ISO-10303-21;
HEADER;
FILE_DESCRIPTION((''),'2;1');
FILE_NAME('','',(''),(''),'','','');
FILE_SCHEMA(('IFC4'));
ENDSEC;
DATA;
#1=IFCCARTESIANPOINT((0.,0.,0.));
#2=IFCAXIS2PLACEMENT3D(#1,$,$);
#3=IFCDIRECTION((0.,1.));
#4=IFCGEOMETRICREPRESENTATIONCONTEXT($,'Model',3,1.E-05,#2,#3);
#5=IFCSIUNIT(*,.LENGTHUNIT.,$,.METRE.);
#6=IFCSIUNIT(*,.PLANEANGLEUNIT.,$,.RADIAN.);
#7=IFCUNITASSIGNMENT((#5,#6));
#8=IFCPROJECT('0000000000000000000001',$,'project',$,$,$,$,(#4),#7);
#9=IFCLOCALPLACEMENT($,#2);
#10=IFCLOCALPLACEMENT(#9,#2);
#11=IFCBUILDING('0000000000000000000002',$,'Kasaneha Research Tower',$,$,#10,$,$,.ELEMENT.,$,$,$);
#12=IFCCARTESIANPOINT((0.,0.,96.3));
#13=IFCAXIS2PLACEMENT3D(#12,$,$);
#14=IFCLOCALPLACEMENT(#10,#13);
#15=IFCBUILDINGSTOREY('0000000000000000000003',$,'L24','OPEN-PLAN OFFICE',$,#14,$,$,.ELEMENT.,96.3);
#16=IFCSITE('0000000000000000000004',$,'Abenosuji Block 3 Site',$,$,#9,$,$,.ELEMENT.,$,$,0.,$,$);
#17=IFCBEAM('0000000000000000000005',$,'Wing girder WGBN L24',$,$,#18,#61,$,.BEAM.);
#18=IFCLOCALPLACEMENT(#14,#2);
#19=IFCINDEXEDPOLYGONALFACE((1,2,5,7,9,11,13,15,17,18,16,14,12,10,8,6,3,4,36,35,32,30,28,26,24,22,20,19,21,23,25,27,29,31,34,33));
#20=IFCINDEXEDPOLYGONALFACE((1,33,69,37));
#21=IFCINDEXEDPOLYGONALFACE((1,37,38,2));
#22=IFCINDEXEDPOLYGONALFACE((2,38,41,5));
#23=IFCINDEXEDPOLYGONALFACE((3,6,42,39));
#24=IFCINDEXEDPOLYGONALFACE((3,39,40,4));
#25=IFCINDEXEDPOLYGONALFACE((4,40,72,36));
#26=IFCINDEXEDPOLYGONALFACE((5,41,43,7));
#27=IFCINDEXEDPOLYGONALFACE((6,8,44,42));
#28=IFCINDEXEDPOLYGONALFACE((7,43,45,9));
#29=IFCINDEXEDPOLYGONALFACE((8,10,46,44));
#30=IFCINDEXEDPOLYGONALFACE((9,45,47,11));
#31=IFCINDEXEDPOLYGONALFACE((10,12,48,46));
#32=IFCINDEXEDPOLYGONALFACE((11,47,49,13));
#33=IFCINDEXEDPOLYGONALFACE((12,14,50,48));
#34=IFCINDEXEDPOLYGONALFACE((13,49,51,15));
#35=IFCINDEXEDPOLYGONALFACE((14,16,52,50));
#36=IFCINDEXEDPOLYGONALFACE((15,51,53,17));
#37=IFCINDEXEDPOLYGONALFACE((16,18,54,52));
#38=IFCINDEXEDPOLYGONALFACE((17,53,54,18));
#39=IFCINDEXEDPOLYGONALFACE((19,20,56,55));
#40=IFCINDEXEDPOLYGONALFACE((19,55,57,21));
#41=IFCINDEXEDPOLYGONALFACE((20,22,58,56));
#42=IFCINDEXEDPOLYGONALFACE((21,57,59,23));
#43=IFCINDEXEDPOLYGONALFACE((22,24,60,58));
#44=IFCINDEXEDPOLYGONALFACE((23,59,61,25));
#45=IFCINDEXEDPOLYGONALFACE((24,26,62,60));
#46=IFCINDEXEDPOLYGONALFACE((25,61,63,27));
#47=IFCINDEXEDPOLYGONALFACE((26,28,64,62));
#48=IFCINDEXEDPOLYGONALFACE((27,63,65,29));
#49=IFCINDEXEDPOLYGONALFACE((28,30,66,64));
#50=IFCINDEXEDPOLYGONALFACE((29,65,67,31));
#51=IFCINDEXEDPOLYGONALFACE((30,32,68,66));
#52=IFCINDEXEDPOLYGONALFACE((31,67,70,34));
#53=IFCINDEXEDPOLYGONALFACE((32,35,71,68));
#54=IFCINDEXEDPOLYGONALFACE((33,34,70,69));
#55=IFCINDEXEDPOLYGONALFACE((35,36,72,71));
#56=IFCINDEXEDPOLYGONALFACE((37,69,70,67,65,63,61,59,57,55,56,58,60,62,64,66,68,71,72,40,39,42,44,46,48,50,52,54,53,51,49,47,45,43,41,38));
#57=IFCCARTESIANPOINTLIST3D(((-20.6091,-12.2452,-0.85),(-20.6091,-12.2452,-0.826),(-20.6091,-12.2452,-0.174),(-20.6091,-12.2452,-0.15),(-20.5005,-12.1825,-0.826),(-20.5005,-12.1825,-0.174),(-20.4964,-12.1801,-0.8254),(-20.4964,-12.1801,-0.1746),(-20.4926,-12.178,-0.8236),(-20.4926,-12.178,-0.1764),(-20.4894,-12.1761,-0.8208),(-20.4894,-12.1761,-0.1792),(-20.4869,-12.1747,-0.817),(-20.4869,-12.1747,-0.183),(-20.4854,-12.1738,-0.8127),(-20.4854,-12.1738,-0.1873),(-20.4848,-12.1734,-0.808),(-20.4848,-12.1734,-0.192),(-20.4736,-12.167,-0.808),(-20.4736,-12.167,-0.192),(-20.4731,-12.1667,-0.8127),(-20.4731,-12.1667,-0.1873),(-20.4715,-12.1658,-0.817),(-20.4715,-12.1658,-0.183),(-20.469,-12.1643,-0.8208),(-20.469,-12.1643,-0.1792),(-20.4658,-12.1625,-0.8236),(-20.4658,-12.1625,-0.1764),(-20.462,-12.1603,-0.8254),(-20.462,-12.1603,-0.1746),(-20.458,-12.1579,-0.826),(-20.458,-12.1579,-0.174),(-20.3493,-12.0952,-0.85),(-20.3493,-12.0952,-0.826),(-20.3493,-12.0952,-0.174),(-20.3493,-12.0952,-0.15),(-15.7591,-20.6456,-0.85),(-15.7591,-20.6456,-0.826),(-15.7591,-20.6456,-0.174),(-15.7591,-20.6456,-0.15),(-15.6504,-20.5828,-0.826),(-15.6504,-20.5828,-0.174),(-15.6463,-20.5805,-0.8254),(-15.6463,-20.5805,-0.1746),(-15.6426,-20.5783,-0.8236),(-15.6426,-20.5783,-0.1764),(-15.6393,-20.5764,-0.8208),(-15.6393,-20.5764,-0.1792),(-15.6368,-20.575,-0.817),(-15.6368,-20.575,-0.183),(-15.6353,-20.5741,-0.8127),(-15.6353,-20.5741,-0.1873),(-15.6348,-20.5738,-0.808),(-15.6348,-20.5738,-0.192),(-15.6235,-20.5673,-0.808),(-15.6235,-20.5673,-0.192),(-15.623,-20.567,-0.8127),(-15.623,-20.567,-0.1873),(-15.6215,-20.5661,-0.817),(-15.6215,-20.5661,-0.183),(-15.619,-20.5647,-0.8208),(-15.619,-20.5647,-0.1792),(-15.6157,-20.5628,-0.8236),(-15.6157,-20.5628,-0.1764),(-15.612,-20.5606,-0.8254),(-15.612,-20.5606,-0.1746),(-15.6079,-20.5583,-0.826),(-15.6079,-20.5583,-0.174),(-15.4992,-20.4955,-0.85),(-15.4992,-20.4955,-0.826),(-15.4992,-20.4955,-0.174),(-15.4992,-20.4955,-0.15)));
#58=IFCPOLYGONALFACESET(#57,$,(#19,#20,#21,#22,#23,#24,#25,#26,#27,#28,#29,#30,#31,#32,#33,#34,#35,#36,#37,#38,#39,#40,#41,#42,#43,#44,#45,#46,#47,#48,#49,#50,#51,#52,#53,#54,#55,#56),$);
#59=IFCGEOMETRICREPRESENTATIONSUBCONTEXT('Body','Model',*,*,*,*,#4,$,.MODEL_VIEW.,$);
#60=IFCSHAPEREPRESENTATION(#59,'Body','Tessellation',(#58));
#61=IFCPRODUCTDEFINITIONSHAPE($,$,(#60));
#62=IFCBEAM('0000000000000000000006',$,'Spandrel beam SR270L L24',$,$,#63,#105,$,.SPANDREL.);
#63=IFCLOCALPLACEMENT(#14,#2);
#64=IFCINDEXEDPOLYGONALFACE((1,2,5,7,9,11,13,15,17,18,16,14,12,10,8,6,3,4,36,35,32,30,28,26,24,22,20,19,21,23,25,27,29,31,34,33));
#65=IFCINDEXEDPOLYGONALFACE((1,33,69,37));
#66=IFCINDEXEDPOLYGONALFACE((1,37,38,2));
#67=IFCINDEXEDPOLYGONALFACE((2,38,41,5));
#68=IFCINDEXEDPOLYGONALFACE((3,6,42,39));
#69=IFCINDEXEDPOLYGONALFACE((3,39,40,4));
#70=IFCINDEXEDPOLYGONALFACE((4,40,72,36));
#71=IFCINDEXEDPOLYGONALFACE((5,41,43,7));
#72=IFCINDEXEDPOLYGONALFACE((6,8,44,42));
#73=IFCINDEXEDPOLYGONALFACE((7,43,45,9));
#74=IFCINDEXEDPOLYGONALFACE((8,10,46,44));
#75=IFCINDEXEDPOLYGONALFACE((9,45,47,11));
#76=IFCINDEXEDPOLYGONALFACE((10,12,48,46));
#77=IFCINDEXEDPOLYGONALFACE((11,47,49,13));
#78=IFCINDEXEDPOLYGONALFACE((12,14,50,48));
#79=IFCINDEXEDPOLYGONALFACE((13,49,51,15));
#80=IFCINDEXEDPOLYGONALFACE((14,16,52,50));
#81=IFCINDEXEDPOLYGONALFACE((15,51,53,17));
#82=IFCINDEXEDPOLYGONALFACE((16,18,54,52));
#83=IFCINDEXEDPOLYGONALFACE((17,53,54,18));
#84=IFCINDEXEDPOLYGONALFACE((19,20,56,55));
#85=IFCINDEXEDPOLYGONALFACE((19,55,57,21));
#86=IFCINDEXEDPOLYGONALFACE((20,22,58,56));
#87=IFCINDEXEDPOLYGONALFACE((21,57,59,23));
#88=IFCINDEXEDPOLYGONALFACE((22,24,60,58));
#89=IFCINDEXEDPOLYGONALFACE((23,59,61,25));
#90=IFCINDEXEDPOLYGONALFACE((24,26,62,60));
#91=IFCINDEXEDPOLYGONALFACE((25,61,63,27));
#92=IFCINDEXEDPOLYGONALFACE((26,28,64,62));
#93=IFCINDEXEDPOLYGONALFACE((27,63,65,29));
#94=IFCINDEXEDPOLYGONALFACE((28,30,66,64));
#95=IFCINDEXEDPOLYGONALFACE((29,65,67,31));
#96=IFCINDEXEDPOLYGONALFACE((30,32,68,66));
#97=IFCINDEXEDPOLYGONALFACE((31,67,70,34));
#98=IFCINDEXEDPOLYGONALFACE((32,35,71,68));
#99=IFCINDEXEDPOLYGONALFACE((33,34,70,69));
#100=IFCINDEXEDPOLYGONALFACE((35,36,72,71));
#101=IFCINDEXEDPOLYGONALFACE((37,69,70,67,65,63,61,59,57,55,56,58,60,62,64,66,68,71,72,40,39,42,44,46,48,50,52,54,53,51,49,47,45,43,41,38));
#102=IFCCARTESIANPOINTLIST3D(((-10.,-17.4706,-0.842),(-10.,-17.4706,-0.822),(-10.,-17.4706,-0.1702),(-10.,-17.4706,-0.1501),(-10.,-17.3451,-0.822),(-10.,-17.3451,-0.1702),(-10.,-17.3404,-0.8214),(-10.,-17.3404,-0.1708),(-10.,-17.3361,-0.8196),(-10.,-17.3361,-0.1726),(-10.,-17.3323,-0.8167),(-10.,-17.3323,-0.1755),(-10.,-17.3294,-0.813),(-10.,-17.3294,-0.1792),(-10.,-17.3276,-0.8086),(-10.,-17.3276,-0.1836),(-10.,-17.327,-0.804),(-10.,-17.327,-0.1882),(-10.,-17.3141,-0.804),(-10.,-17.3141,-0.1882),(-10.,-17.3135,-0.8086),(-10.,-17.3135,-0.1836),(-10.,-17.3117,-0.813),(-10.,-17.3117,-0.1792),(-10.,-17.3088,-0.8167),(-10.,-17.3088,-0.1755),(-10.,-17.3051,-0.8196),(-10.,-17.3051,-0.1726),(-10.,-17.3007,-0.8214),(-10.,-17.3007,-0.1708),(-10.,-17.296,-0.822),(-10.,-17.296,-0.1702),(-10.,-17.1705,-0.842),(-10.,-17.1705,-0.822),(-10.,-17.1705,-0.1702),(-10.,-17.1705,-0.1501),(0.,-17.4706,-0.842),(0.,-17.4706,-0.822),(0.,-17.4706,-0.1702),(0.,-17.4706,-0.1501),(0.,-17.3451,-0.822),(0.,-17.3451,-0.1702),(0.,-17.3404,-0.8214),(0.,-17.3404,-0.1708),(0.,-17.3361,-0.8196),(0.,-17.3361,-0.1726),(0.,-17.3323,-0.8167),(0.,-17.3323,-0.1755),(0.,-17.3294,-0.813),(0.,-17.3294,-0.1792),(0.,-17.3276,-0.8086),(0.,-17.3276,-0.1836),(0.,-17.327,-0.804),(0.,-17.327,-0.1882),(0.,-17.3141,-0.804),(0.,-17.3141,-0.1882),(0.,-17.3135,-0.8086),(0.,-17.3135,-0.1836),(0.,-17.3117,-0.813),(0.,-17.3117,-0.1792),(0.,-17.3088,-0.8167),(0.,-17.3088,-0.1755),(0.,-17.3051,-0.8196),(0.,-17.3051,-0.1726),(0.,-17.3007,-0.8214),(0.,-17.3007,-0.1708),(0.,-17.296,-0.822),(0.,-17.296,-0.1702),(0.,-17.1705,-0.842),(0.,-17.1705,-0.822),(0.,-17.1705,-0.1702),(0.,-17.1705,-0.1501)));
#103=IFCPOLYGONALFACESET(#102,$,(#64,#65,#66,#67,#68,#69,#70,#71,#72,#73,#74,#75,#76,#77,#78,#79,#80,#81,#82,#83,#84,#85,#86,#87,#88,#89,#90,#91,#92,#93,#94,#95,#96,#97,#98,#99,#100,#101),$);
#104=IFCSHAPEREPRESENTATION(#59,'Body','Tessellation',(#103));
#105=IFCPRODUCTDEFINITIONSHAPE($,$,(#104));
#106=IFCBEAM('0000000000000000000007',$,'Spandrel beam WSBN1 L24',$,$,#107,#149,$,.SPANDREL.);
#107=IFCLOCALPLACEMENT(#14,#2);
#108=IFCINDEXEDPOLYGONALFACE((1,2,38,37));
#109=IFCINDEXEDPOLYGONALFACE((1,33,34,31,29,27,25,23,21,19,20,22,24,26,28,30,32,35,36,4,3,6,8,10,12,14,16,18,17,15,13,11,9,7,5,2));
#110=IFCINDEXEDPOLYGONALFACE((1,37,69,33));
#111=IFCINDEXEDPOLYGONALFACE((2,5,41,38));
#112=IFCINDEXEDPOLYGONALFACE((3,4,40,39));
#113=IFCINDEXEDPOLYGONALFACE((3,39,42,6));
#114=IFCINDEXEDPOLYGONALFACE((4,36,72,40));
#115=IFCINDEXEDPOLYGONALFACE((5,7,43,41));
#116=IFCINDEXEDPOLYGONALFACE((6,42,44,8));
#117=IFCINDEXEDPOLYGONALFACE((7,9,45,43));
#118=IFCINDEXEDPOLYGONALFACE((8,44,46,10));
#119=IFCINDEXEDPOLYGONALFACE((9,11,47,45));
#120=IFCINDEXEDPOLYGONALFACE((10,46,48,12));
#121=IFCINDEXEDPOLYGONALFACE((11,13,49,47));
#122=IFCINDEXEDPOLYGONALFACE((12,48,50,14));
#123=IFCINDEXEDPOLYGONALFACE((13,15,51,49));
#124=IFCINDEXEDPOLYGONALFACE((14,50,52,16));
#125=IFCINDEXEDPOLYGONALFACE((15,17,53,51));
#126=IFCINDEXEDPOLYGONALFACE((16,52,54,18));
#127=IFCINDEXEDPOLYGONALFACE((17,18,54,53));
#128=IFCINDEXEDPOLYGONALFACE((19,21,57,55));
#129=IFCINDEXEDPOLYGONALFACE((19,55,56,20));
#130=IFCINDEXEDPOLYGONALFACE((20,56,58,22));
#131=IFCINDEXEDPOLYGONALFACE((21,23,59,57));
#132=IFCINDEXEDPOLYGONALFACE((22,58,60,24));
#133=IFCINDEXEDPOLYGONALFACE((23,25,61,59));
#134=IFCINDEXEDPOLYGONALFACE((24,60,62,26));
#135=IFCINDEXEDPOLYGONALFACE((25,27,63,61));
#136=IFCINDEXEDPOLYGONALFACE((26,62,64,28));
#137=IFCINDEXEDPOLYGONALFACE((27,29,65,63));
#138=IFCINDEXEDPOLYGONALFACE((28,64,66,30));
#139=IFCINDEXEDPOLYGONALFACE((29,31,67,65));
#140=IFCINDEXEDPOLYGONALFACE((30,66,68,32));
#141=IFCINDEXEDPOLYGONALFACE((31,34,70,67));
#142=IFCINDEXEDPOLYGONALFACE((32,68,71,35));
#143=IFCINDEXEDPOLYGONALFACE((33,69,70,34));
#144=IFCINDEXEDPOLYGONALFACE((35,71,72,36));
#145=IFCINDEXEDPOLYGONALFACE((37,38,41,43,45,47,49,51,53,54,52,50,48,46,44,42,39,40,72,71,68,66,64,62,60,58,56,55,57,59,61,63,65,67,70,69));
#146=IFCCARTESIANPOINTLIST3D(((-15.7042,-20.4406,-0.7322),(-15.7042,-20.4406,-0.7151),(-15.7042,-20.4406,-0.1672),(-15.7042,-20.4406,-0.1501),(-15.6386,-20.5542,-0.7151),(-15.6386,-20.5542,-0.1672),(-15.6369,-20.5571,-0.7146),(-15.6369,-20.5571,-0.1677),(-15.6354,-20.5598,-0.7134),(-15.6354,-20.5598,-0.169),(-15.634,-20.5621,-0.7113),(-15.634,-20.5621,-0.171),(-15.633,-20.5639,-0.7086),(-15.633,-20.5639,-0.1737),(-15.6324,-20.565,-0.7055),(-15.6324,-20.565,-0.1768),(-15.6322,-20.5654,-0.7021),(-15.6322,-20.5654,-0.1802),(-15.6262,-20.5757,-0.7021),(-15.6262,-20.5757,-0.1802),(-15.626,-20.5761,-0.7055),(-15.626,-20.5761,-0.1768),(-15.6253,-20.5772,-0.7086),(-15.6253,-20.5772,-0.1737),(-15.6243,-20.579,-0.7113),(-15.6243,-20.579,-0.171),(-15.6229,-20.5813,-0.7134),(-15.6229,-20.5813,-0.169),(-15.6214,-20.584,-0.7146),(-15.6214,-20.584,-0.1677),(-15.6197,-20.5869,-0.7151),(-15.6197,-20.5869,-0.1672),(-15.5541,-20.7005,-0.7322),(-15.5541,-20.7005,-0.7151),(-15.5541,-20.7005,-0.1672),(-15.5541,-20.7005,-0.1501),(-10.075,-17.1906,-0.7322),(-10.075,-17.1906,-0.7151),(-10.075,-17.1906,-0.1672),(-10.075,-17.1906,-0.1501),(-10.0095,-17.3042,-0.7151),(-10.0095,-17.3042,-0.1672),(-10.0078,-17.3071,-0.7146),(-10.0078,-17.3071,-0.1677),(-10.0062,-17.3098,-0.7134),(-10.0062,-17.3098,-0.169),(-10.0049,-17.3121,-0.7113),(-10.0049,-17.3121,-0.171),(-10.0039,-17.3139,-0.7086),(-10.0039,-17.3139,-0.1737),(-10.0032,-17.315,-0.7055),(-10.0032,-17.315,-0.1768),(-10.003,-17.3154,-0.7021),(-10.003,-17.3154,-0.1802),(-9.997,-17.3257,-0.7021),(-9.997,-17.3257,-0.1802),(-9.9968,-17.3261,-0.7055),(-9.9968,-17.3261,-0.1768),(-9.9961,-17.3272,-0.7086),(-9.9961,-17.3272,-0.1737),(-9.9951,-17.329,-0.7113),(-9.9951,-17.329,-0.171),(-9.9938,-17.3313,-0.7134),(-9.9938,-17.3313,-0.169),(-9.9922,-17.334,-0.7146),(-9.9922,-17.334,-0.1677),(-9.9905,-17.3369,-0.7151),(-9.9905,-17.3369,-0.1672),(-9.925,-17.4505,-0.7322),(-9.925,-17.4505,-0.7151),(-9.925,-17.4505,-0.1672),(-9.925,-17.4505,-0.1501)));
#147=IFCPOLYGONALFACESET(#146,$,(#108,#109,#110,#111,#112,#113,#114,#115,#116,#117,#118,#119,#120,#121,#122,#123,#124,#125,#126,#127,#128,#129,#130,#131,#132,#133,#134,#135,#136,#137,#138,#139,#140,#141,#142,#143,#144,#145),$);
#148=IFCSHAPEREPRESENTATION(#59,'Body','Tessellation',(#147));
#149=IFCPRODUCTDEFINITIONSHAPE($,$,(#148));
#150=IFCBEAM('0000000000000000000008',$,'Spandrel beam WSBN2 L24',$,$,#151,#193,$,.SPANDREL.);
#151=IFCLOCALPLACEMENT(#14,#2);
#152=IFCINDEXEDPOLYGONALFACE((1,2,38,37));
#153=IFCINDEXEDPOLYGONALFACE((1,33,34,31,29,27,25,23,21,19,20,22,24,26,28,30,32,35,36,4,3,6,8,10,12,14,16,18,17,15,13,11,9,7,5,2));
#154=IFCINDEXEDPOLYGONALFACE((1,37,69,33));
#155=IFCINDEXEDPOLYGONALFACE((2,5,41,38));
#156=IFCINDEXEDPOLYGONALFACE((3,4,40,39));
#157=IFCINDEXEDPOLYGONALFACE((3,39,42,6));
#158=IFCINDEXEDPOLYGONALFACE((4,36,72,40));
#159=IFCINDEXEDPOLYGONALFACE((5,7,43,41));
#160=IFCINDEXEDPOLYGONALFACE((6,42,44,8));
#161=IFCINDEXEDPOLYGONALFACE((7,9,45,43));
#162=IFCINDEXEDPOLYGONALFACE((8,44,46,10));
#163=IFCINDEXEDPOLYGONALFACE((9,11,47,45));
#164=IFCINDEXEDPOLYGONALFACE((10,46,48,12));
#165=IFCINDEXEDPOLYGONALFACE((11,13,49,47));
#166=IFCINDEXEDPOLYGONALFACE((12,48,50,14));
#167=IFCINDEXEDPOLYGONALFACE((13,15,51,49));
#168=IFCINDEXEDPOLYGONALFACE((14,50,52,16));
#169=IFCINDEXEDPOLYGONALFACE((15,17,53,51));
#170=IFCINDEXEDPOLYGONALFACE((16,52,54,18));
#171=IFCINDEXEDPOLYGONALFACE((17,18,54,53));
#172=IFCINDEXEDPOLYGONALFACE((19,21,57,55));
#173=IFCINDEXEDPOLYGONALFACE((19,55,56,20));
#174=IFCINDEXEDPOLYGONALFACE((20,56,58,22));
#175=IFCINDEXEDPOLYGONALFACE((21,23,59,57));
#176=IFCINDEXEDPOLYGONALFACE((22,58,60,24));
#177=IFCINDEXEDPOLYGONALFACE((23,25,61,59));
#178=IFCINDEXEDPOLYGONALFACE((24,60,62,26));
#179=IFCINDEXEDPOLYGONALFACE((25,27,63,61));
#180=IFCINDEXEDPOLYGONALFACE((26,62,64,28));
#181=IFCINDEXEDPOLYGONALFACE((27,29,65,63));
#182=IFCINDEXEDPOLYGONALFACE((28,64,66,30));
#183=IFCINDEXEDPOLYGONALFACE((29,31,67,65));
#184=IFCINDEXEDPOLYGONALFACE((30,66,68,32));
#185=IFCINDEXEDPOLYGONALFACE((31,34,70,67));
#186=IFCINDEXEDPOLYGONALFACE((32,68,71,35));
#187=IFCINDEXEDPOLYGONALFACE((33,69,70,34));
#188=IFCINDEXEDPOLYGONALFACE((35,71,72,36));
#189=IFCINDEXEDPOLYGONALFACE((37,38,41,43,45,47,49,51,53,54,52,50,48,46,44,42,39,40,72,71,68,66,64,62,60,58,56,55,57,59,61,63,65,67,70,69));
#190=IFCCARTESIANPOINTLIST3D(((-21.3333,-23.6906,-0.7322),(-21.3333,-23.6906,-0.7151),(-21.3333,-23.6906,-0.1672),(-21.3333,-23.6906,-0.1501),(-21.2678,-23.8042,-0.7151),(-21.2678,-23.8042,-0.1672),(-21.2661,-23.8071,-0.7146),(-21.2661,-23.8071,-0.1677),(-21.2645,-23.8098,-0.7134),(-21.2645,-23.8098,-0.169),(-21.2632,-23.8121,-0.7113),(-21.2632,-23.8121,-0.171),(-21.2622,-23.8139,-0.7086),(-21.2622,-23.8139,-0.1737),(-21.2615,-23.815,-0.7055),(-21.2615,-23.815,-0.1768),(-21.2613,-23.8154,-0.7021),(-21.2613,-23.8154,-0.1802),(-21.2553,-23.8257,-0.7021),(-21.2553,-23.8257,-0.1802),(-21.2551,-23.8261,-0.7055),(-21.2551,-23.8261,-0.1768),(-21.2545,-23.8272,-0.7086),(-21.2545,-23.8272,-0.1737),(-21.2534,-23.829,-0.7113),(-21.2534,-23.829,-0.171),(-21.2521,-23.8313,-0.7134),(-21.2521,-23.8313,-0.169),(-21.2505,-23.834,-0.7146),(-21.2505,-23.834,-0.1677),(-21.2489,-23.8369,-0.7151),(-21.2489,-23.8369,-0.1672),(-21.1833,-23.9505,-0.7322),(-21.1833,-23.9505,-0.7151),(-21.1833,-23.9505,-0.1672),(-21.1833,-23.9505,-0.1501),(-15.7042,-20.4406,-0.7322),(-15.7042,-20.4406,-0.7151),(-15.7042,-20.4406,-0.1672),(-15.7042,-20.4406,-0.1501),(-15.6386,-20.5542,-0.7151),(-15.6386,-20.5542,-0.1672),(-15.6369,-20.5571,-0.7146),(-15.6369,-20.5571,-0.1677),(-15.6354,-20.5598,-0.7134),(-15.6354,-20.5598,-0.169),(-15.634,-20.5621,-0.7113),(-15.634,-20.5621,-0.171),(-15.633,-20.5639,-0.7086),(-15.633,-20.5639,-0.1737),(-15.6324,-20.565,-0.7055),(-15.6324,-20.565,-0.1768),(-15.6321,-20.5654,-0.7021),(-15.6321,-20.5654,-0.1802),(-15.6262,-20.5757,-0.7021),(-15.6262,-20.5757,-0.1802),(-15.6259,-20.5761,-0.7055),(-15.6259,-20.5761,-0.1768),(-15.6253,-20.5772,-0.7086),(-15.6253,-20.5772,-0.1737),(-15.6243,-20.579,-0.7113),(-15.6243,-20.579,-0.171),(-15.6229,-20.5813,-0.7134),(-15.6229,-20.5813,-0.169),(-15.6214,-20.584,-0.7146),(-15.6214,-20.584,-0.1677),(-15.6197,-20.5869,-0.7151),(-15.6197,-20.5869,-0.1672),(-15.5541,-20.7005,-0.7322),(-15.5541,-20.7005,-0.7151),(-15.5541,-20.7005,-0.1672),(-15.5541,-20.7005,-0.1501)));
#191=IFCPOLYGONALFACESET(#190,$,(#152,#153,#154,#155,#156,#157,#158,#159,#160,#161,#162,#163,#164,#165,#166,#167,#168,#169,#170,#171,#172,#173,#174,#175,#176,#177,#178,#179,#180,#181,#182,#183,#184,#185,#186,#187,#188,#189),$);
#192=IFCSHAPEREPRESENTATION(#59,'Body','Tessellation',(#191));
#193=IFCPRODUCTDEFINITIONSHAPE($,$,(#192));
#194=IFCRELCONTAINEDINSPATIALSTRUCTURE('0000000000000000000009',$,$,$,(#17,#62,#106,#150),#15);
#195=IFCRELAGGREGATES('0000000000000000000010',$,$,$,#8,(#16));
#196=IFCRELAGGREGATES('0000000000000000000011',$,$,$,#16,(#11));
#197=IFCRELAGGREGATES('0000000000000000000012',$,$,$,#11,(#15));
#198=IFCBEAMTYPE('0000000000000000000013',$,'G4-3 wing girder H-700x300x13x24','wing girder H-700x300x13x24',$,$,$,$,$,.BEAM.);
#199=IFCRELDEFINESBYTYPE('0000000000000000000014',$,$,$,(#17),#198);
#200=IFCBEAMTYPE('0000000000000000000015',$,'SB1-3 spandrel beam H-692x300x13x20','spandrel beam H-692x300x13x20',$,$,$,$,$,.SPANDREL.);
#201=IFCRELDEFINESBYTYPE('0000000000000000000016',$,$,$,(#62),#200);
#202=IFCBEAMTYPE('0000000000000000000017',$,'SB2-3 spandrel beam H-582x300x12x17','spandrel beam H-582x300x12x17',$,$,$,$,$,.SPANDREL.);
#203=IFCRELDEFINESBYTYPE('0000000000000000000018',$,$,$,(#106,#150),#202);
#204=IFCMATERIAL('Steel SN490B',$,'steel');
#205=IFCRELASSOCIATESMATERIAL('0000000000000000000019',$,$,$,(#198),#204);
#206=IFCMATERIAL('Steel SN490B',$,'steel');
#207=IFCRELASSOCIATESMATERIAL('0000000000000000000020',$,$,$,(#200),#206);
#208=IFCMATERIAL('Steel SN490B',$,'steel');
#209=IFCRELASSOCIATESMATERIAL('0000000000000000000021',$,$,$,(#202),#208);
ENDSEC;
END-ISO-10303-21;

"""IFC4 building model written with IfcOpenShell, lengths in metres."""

from ifc_helpers import new_model, si_unit, direction, frame, origin, origin_2d, place, context, subcontext, project, spatial, i_section, extrude, material, material_profile, profile_set, type_object, element, save


model = new_model("IFC4")

# Units and contexts
model_context = context("Model", 3, precision=1e-05, world=origin(), true_north=direction((0.0, 1.0)))
body_context = subcontext(model_context, "Body", "Model", "MODEL_VIEW")
ifc_project = project(units=[si_unit("LENGTHUNIT", "METRE"), si_unit("PLANEANGLEUNIT", "RADIAN")], contexts=[model_context])

# Site, building, storey
site_placement = place(None, origin())
site = spatial("IfcSite", under=ifc_project, at=site_placement, Name="Abenosuji Block 3 Site", CompositionType="ELEMENT", RefElevation=0.0)
building_placement = place(site_placement, origin())
building = spatial("IfcBuilding", under=site, at=building_placement, Name="Kasaneha Research Tower", CompositionType="ELEMENT")
storey_placement = place(building_placement, frame((0.0, 0.0, 96.3)))
storey = spatial("IfcBuildingStorey", under=building, at=storey_placement, Name="L24", Description="OPEN-PLAN OFFICE", CompositionType="ELEMENT", Elevation=96.3)

# Beams
ifc_material_1 = material(Name="Steel SN490B", Category="steel")
ifc_material_profile_1 = material_profile(ifc_material_1, i_section(OverallWidth=0.3, OverallDepth=0.7, WebThickness=0.0129, FlangeThickness=0.0239, FilletRadius=0.0181, at=origin_2d()), Name="H-700x300x13x24")
ifc_profile_set_1 = profile_set([ifc_material_profile_1], Name="Steel SN490B")
beam_type_1 = type_object("IfcBeamType", Name="G4-3 wing girder H-700x300x13x24", Description="wing girder H-700x300x13x24", PredefinedType="BEAM", material=ifc_profile_set_1)
beam_1_placement = place(storey_placement, frame((-15.6292, -20.5706, -0.5), z_axis=(-0.50001, 0.86602, 0.0), x_axis=(-0.86602, -0.50001, 0.0)))
element("IfcBeam", 1, at=beam_1_placement, inside=storey, type_object=beam_type_1, Name="Wing girder WGBN L24", PredefinedType="BEAM", context=body_context, shape_type="SweptSolid", body=[
    extrude(i_section(OverallWidth=0.3, OverallDepth=0.7, WebThickness=0.0129, FlangeThickness=0.0239, FilletRadius=0.0181, at=origin_2d()), origin(), (0.0, 0.0, 1.0), 9.7),
])
ifc_material_2 = material(Name="Steel SN490B", Category="steel")
ifc_material_profile_2 = material_profile(ifc_material_2, i_section(OverallWidth=0.3, OverallDepth=0.6919, WebThickness=0.0129, FlangeThickness=0.02, FilletRadius=0.0181, at=origin_2d()), Name="H-692x300x13x20")
ifc_profile_set_2 = profile_set([ifc_material_profile_2], Name="Steel SN490B")
beam_type_2 = type_object("IfcBeamType", Name="SB1-3 spandrel beam H-692x300x13x20", Description="spandrel beam H-692x300x13x20", PredefinedType="SPANDREL", material=ifc_profile_set_2)
beam_2_placement = place(storey_placement, frame((-10.0, -17.3206, -0.4961), z_axis=(1.0, 0.0, 0.0), x_axis=(0.0, 1.0, 0.0)))
element("IfcBeam", 2, at=beam_2_placement, inside=storey, type_object=beam_type_2, Name="Spandrel beam SR270L L24", PredefinedType="SPANDREL", context=body_context, shape_type="SweptSolid", body=[
    extrude(i_section(OverallWidth=0.3, OverallDepth=0.6919, WebThickness=0.0129, FlangeThickness=0.02, FilletRadius=0.0181, at=origin_2d()), origin(), (0.0, 0.0, 1.0), 10.0),
])
ifc_material_3 = material(Name="Steel SN490B", Category="steel")
ifc_material_profile_3 = material_profile(ifc_material_3, i_section(OverallWidth=0.3, OverallDepth=0.582, WebThickness=0.012, FlangeThickness=0.0171, FilletRadius=0.0129, at=origin_2d()), Name="H-582x300x12x17")
ifc_profile_set_3 = profile_set([ifc_material_profile_3], Name="Steel SN490B")
beam_type_3 = type_object("IfcBeamType", Name="SB2-3 spandrel beam H-582x300x12x17", Description="spandrel beam H-582x300x12x17", PredefinedType="SPANDREL", material=ifc_profile_set_3)
for number, where, z_axis, x_axis, name in (
    (3, (-10.0, -17.3206, -0.4412), (-0.866025, -0.500001, 0.0), (0.500001, -0.866025, 0.0), "Spandrel beam WSBN1 L24"),
    (4, (-15.6292, -20.5706, -0.4412), (-0.866025, -0.500001, 0.0), (0.500001, -0.866025, 0.0), "Spandrel beam WSBN2 L24"),
):
    element("IfcBeam", number, at=place(storey_placement, frame(where, z_axis=z_axis, x_axis=x_axis)), inside=storey, type_object=beam_type_3, Name=name, PredefinedType="SPANDREL", context=body_context, shape_type="SweptSolid", body=[
        extrude(i_section(OverallWidth=0.3, OverallDepth=0.582, WebThickness=0.012, FlangeThickness=0.0171, FilletRadius=0.0129, at=origin_2d()), origin(), (0.0, 0.0, 1.0), 6.5),
    ])

save(model, "model.ifc")
